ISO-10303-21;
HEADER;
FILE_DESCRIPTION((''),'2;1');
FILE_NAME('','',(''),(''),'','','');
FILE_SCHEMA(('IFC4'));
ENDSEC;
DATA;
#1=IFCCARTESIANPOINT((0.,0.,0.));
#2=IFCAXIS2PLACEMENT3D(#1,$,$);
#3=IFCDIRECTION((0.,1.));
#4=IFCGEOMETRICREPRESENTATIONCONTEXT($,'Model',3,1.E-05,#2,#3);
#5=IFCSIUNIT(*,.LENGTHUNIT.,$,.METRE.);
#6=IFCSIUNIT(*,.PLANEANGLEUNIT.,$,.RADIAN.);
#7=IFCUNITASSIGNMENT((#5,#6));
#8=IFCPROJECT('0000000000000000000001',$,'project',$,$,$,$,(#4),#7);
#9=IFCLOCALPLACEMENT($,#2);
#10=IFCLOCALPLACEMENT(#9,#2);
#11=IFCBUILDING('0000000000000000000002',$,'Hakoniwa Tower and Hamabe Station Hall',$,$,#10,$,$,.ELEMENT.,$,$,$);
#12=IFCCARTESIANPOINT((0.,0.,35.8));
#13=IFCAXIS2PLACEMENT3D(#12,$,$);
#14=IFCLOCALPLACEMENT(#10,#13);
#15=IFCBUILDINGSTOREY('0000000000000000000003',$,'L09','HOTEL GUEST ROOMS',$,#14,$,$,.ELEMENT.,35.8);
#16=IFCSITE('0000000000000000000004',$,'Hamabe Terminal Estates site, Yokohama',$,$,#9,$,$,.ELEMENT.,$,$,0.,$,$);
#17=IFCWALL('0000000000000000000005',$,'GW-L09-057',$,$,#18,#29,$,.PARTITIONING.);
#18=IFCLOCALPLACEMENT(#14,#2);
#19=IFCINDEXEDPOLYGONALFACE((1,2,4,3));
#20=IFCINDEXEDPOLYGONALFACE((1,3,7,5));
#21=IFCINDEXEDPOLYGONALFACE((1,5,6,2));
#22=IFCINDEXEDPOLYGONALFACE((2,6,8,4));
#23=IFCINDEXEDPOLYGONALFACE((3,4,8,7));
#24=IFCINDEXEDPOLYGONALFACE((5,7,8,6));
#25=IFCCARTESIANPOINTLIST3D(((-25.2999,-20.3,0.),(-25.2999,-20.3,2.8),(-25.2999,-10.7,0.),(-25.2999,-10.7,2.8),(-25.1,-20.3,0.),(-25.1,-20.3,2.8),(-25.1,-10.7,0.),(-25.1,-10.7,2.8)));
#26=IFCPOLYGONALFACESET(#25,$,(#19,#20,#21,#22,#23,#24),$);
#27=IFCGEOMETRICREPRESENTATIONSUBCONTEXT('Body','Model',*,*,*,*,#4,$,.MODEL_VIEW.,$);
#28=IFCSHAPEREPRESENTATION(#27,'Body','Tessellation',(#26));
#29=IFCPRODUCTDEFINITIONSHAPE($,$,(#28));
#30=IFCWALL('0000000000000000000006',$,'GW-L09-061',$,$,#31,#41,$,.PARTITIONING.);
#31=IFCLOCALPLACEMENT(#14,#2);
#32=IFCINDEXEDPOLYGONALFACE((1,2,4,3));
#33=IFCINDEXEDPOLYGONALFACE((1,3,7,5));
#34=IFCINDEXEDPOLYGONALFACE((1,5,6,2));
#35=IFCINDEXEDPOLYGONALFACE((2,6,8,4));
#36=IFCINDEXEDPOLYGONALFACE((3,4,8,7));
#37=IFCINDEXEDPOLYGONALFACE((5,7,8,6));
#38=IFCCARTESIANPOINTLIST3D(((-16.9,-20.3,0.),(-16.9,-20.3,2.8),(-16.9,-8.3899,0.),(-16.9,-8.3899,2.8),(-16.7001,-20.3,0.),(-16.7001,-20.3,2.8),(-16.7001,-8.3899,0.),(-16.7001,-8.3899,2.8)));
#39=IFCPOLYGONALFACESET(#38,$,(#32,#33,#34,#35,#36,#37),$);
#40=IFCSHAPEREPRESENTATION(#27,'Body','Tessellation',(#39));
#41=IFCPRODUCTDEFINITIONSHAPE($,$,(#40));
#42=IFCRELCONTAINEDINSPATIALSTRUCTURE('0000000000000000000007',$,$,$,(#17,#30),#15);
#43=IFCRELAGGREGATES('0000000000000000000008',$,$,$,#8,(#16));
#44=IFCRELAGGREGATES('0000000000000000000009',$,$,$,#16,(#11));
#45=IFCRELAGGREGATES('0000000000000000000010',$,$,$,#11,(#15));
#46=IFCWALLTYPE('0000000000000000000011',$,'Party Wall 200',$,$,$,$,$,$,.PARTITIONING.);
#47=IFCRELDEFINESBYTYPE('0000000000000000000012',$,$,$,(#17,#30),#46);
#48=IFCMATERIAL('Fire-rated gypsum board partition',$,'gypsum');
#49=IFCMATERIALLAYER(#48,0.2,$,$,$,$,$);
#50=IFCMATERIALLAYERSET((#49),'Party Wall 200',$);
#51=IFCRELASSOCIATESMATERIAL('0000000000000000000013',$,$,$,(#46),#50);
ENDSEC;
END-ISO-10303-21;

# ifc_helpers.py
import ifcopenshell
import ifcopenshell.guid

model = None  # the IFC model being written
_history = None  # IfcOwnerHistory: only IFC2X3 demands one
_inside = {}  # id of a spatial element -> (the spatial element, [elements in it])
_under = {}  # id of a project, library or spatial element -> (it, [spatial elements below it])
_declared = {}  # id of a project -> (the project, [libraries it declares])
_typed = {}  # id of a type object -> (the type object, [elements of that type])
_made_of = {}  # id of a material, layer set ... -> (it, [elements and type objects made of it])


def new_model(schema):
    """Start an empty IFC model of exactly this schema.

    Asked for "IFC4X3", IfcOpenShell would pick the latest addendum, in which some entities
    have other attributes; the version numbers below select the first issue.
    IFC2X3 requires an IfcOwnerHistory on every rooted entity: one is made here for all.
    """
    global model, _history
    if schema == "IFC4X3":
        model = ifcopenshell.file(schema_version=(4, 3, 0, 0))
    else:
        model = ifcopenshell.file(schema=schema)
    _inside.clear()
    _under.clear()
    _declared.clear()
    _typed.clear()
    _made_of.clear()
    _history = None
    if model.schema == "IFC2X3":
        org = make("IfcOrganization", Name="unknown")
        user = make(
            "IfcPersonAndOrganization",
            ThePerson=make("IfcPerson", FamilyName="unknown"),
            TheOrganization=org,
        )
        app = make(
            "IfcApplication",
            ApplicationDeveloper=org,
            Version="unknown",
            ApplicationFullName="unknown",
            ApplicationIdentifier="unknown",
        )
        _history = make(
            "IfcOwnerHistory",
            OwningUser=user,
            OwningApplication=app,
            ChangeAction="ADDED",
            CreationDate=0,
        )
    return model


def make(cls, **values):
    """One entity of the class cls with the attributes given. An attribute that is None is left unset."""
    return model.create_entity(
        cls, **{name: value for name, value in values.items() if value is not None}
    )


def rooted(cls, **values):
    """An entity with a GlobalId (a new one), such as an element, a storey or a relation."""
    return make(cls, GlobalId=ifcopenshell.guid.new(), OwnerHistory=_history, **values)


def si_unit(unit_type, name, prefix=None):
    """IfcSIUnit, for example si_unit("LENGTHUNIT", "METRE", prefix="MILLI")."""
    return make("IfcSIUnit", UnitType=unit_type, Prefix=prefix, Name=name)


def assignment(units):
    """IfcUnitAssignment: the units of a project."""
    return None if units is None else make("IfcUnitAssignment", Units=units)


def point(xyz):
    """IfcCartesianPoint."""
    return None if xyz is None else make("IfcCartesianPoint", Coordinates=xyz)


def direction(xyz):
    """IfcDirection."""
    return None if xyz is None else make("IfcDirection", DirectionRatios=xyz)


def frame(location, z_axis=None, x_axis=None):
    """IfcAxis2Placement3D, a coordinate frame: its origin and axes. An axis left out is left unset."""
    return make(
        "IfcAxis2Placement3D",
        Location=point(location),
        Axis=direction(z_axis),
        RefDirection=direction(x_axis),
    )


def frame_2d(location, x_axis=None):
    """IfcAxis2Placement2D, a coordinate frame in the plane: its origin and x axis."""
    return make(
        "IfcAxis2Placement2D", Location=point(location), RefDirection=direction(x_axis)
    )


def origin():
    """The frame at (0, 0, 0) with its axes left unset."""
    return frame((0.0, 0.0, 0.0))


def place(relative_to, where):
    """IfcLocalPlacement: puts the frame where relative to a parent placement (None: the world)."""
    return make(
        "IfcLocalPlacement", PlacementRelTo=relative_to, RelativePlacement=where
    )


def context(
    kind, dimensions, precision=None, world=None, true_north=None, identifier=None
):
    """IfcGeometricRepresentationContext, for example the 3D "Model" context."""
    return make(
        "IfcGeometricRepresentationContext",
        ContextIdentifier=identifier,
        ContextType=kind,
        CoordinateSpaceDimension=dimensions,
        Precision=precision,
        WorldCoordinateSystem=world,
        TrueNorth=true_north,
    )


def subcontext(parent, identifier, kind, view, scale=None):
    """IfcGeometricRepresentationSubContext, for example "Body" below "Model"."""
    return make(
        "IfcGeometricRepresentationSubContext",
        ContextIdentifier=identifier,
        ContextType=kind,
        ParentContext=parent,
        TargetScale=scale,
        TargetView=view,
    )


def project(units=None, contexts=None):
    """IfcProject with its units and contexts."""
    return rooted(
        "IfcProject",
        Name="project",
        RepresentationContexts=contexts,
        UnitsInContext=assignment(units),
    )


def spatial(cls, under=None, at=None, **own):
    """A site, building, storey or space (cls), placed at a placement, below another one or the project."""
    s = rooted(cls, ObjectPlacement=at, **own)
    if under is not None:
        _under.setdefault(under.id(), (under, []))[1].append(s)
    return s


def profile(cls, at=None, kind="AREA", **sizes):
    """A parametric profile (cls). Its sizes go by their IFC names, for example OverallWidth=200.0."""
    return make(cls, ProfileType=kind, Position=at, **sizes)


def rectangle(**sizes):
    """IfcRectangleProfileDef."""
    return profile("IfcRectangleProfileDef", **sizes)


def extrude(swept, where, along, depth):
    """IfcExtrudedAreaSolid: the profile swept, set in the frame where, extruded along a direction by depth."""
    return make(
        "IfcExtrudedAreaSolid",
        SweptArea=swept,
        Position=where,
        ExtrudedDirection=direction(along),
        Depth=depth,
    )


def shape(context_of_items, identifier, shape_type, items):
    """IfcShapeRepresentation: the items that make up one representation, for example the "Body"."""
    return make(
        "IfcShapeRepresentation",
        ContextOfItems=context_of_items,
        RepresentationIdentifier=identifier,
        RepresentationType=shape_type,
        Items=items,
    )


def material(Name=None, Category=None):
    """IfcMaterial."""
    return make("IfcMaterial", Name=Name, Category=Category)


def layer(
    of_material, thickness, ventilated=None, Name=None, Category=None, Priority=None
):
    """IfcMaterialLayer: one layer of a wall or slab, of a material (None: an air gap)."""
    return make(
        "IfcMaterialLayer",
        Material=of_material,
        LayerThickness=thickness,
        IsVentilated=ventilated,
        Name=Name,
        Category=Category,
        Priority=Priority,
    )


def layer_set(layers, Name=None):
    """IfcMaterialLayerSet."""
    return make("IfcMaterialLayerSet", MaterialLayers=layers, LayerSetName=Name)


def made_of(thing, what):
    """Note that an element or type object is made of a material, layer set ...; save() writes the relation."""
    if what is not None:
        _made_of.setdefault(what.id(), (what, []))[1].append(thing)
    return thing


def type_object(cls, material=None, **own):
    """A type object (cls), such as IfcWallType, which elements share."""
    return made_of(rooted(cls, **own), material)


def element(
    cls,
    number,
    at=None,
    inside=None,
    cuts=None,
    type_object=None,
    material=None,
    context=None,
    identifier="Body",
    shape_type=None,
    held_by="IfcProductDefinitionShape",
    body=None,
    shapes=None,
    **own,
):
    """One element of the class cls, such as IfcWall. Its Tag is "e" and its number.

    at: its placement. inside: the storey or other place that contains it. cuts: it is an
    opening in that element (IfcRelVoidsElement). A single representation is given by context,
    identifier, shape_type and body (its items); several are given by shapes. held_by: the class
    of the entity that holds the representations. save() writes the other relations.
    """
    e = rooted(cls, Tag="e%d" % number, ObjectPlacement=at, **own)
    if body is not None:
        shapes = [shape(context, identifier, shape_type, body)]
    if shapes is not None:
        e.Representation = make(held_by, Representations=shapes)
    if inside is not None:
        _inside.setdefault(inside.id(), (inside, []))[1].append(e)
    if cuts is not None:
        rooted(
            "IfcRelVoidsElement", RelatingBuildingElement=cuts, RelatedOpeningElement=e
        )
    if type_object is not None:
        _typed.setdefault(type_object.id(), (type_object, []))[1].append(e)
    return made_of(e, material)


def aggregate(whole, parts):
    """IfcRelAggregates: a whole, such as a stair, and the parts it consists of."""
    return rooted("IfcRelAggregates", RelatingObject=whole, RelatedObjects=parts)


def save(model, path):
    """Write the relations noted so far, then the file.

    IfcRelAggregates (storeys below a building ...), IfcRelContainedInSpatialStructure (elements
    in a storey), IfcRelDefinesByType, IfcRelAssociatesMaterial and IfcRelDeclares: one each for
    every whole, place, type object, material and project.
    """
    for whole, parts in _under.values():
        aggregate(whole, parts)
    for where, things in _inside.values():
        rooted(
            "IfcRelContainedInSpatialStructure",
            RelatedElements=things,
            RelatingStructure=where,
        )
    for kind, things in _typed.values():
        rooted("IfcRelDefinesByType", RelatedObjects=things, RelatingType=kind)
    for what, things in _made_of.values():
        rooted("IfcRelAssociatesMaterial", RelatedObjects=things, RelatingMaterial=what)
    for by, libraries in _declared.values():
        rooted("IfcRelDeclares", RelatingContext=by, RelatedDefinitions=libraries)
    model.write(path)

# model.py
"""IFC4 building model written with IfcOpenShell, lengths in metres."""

from ifc_helpers import new_model, si_unit, direction, frame, frame_2d, origin, place, context, subcontext, project, spatial, rectangle, extrude, material, layer, layer_set, type_object, element, save


model = new_model("IFC4")

# Units and contexts
model_context = context("Model", 3, precision=1e-05, world=origin(), true_north=direction((0.0, 1.0)))
body_context = subcontext(model_context, "Body", "Model", "MODEL_VIEW")
ifc_project = project(units=[si_unit("LENGTHUNIT", "METRE"), si_unit("PLANEANGLEUNIT", "RADIAN")], contexts=[model_context])

# Site, building, storey
site_placement = place(None, origin())
site = spatial("IfcSite", under=ifc_project, at=site_placement, Name="Hamabe Terminal Estates site, Yokohama", CompositionType="ELEMENT", RefElevation=0.0)
building_placement = place(site_placement, origin())
building = spatial("IfcBuilding", under=site, at=building_placement, Name="Hakoniwa Tower and Hamabe Station Hall", CompositionType="ELEMENT")
storey_placement = place(building_placement, frame((0.0, 0.0, 35.8)))
storey = spatial("IfcBuildingStorey", under=building, at=storey_placement, Name="L09", Description="HOTEL GUEST ROOMS", CompositionType="ELEMENT", Elevation=35.8)

# Walls
ifc_material_1 = material(Name="Fire-rated gypsum board partition", Category="gypsum")
ifc_layer_1 = layer(ifc_material_1, 0.2)
ifc_layer_set_1 = layer_set([ifc_layer_1], Name="Party Wall 200")
wall_type_1 = type_object("IfcWallType", Name="Party Wall 200", PredefinedType="PARTITIONING", material=ifc_layer_set_1)
wall_1_placement = place(storey_placement, frame((-25.2, -20.3, 0.0), z_axis=(0.0, 0.0, 1.0), x_axis=(0.0, 1.0, 0.0)))
element("IfcWall", 1, at=wall_1_placement, inside=storey, type_object=wall_type_1, Name="GW-L09-057", PredefinedType="PARTITIONING", context=body_context, shape_type="SweptSolid", body=[
    extrude(rectangle(XDim=9.6001, YDim=0.2, at=frame_2d((4.8, 0.0))), origin(), (0.0, 0.0, 1.0), 2.8),
])
wall_2_placement = place(storey_placement, frame((-16.8, -20.3, 0.0), z_axis=(0.0, 0.0, 1.0), x_axis=(0.0, 1.0, 0.0)))
element("IfcWall", 2, at=wall_2_placement, inside=storey, type_object=wall_type_1, Name="GW-L09-061", PredefinedType="PARTITIONING", context=body_context, shape_type="SweptSolid", body=[
    extrude(rectangle(XDim=11.9102, YDim=0.2, at=frame_2d((5.9551, 0.0))), origin(), (0.0, 0.0, 1.0), 2.8),
])

save(model, "model.ifc")
